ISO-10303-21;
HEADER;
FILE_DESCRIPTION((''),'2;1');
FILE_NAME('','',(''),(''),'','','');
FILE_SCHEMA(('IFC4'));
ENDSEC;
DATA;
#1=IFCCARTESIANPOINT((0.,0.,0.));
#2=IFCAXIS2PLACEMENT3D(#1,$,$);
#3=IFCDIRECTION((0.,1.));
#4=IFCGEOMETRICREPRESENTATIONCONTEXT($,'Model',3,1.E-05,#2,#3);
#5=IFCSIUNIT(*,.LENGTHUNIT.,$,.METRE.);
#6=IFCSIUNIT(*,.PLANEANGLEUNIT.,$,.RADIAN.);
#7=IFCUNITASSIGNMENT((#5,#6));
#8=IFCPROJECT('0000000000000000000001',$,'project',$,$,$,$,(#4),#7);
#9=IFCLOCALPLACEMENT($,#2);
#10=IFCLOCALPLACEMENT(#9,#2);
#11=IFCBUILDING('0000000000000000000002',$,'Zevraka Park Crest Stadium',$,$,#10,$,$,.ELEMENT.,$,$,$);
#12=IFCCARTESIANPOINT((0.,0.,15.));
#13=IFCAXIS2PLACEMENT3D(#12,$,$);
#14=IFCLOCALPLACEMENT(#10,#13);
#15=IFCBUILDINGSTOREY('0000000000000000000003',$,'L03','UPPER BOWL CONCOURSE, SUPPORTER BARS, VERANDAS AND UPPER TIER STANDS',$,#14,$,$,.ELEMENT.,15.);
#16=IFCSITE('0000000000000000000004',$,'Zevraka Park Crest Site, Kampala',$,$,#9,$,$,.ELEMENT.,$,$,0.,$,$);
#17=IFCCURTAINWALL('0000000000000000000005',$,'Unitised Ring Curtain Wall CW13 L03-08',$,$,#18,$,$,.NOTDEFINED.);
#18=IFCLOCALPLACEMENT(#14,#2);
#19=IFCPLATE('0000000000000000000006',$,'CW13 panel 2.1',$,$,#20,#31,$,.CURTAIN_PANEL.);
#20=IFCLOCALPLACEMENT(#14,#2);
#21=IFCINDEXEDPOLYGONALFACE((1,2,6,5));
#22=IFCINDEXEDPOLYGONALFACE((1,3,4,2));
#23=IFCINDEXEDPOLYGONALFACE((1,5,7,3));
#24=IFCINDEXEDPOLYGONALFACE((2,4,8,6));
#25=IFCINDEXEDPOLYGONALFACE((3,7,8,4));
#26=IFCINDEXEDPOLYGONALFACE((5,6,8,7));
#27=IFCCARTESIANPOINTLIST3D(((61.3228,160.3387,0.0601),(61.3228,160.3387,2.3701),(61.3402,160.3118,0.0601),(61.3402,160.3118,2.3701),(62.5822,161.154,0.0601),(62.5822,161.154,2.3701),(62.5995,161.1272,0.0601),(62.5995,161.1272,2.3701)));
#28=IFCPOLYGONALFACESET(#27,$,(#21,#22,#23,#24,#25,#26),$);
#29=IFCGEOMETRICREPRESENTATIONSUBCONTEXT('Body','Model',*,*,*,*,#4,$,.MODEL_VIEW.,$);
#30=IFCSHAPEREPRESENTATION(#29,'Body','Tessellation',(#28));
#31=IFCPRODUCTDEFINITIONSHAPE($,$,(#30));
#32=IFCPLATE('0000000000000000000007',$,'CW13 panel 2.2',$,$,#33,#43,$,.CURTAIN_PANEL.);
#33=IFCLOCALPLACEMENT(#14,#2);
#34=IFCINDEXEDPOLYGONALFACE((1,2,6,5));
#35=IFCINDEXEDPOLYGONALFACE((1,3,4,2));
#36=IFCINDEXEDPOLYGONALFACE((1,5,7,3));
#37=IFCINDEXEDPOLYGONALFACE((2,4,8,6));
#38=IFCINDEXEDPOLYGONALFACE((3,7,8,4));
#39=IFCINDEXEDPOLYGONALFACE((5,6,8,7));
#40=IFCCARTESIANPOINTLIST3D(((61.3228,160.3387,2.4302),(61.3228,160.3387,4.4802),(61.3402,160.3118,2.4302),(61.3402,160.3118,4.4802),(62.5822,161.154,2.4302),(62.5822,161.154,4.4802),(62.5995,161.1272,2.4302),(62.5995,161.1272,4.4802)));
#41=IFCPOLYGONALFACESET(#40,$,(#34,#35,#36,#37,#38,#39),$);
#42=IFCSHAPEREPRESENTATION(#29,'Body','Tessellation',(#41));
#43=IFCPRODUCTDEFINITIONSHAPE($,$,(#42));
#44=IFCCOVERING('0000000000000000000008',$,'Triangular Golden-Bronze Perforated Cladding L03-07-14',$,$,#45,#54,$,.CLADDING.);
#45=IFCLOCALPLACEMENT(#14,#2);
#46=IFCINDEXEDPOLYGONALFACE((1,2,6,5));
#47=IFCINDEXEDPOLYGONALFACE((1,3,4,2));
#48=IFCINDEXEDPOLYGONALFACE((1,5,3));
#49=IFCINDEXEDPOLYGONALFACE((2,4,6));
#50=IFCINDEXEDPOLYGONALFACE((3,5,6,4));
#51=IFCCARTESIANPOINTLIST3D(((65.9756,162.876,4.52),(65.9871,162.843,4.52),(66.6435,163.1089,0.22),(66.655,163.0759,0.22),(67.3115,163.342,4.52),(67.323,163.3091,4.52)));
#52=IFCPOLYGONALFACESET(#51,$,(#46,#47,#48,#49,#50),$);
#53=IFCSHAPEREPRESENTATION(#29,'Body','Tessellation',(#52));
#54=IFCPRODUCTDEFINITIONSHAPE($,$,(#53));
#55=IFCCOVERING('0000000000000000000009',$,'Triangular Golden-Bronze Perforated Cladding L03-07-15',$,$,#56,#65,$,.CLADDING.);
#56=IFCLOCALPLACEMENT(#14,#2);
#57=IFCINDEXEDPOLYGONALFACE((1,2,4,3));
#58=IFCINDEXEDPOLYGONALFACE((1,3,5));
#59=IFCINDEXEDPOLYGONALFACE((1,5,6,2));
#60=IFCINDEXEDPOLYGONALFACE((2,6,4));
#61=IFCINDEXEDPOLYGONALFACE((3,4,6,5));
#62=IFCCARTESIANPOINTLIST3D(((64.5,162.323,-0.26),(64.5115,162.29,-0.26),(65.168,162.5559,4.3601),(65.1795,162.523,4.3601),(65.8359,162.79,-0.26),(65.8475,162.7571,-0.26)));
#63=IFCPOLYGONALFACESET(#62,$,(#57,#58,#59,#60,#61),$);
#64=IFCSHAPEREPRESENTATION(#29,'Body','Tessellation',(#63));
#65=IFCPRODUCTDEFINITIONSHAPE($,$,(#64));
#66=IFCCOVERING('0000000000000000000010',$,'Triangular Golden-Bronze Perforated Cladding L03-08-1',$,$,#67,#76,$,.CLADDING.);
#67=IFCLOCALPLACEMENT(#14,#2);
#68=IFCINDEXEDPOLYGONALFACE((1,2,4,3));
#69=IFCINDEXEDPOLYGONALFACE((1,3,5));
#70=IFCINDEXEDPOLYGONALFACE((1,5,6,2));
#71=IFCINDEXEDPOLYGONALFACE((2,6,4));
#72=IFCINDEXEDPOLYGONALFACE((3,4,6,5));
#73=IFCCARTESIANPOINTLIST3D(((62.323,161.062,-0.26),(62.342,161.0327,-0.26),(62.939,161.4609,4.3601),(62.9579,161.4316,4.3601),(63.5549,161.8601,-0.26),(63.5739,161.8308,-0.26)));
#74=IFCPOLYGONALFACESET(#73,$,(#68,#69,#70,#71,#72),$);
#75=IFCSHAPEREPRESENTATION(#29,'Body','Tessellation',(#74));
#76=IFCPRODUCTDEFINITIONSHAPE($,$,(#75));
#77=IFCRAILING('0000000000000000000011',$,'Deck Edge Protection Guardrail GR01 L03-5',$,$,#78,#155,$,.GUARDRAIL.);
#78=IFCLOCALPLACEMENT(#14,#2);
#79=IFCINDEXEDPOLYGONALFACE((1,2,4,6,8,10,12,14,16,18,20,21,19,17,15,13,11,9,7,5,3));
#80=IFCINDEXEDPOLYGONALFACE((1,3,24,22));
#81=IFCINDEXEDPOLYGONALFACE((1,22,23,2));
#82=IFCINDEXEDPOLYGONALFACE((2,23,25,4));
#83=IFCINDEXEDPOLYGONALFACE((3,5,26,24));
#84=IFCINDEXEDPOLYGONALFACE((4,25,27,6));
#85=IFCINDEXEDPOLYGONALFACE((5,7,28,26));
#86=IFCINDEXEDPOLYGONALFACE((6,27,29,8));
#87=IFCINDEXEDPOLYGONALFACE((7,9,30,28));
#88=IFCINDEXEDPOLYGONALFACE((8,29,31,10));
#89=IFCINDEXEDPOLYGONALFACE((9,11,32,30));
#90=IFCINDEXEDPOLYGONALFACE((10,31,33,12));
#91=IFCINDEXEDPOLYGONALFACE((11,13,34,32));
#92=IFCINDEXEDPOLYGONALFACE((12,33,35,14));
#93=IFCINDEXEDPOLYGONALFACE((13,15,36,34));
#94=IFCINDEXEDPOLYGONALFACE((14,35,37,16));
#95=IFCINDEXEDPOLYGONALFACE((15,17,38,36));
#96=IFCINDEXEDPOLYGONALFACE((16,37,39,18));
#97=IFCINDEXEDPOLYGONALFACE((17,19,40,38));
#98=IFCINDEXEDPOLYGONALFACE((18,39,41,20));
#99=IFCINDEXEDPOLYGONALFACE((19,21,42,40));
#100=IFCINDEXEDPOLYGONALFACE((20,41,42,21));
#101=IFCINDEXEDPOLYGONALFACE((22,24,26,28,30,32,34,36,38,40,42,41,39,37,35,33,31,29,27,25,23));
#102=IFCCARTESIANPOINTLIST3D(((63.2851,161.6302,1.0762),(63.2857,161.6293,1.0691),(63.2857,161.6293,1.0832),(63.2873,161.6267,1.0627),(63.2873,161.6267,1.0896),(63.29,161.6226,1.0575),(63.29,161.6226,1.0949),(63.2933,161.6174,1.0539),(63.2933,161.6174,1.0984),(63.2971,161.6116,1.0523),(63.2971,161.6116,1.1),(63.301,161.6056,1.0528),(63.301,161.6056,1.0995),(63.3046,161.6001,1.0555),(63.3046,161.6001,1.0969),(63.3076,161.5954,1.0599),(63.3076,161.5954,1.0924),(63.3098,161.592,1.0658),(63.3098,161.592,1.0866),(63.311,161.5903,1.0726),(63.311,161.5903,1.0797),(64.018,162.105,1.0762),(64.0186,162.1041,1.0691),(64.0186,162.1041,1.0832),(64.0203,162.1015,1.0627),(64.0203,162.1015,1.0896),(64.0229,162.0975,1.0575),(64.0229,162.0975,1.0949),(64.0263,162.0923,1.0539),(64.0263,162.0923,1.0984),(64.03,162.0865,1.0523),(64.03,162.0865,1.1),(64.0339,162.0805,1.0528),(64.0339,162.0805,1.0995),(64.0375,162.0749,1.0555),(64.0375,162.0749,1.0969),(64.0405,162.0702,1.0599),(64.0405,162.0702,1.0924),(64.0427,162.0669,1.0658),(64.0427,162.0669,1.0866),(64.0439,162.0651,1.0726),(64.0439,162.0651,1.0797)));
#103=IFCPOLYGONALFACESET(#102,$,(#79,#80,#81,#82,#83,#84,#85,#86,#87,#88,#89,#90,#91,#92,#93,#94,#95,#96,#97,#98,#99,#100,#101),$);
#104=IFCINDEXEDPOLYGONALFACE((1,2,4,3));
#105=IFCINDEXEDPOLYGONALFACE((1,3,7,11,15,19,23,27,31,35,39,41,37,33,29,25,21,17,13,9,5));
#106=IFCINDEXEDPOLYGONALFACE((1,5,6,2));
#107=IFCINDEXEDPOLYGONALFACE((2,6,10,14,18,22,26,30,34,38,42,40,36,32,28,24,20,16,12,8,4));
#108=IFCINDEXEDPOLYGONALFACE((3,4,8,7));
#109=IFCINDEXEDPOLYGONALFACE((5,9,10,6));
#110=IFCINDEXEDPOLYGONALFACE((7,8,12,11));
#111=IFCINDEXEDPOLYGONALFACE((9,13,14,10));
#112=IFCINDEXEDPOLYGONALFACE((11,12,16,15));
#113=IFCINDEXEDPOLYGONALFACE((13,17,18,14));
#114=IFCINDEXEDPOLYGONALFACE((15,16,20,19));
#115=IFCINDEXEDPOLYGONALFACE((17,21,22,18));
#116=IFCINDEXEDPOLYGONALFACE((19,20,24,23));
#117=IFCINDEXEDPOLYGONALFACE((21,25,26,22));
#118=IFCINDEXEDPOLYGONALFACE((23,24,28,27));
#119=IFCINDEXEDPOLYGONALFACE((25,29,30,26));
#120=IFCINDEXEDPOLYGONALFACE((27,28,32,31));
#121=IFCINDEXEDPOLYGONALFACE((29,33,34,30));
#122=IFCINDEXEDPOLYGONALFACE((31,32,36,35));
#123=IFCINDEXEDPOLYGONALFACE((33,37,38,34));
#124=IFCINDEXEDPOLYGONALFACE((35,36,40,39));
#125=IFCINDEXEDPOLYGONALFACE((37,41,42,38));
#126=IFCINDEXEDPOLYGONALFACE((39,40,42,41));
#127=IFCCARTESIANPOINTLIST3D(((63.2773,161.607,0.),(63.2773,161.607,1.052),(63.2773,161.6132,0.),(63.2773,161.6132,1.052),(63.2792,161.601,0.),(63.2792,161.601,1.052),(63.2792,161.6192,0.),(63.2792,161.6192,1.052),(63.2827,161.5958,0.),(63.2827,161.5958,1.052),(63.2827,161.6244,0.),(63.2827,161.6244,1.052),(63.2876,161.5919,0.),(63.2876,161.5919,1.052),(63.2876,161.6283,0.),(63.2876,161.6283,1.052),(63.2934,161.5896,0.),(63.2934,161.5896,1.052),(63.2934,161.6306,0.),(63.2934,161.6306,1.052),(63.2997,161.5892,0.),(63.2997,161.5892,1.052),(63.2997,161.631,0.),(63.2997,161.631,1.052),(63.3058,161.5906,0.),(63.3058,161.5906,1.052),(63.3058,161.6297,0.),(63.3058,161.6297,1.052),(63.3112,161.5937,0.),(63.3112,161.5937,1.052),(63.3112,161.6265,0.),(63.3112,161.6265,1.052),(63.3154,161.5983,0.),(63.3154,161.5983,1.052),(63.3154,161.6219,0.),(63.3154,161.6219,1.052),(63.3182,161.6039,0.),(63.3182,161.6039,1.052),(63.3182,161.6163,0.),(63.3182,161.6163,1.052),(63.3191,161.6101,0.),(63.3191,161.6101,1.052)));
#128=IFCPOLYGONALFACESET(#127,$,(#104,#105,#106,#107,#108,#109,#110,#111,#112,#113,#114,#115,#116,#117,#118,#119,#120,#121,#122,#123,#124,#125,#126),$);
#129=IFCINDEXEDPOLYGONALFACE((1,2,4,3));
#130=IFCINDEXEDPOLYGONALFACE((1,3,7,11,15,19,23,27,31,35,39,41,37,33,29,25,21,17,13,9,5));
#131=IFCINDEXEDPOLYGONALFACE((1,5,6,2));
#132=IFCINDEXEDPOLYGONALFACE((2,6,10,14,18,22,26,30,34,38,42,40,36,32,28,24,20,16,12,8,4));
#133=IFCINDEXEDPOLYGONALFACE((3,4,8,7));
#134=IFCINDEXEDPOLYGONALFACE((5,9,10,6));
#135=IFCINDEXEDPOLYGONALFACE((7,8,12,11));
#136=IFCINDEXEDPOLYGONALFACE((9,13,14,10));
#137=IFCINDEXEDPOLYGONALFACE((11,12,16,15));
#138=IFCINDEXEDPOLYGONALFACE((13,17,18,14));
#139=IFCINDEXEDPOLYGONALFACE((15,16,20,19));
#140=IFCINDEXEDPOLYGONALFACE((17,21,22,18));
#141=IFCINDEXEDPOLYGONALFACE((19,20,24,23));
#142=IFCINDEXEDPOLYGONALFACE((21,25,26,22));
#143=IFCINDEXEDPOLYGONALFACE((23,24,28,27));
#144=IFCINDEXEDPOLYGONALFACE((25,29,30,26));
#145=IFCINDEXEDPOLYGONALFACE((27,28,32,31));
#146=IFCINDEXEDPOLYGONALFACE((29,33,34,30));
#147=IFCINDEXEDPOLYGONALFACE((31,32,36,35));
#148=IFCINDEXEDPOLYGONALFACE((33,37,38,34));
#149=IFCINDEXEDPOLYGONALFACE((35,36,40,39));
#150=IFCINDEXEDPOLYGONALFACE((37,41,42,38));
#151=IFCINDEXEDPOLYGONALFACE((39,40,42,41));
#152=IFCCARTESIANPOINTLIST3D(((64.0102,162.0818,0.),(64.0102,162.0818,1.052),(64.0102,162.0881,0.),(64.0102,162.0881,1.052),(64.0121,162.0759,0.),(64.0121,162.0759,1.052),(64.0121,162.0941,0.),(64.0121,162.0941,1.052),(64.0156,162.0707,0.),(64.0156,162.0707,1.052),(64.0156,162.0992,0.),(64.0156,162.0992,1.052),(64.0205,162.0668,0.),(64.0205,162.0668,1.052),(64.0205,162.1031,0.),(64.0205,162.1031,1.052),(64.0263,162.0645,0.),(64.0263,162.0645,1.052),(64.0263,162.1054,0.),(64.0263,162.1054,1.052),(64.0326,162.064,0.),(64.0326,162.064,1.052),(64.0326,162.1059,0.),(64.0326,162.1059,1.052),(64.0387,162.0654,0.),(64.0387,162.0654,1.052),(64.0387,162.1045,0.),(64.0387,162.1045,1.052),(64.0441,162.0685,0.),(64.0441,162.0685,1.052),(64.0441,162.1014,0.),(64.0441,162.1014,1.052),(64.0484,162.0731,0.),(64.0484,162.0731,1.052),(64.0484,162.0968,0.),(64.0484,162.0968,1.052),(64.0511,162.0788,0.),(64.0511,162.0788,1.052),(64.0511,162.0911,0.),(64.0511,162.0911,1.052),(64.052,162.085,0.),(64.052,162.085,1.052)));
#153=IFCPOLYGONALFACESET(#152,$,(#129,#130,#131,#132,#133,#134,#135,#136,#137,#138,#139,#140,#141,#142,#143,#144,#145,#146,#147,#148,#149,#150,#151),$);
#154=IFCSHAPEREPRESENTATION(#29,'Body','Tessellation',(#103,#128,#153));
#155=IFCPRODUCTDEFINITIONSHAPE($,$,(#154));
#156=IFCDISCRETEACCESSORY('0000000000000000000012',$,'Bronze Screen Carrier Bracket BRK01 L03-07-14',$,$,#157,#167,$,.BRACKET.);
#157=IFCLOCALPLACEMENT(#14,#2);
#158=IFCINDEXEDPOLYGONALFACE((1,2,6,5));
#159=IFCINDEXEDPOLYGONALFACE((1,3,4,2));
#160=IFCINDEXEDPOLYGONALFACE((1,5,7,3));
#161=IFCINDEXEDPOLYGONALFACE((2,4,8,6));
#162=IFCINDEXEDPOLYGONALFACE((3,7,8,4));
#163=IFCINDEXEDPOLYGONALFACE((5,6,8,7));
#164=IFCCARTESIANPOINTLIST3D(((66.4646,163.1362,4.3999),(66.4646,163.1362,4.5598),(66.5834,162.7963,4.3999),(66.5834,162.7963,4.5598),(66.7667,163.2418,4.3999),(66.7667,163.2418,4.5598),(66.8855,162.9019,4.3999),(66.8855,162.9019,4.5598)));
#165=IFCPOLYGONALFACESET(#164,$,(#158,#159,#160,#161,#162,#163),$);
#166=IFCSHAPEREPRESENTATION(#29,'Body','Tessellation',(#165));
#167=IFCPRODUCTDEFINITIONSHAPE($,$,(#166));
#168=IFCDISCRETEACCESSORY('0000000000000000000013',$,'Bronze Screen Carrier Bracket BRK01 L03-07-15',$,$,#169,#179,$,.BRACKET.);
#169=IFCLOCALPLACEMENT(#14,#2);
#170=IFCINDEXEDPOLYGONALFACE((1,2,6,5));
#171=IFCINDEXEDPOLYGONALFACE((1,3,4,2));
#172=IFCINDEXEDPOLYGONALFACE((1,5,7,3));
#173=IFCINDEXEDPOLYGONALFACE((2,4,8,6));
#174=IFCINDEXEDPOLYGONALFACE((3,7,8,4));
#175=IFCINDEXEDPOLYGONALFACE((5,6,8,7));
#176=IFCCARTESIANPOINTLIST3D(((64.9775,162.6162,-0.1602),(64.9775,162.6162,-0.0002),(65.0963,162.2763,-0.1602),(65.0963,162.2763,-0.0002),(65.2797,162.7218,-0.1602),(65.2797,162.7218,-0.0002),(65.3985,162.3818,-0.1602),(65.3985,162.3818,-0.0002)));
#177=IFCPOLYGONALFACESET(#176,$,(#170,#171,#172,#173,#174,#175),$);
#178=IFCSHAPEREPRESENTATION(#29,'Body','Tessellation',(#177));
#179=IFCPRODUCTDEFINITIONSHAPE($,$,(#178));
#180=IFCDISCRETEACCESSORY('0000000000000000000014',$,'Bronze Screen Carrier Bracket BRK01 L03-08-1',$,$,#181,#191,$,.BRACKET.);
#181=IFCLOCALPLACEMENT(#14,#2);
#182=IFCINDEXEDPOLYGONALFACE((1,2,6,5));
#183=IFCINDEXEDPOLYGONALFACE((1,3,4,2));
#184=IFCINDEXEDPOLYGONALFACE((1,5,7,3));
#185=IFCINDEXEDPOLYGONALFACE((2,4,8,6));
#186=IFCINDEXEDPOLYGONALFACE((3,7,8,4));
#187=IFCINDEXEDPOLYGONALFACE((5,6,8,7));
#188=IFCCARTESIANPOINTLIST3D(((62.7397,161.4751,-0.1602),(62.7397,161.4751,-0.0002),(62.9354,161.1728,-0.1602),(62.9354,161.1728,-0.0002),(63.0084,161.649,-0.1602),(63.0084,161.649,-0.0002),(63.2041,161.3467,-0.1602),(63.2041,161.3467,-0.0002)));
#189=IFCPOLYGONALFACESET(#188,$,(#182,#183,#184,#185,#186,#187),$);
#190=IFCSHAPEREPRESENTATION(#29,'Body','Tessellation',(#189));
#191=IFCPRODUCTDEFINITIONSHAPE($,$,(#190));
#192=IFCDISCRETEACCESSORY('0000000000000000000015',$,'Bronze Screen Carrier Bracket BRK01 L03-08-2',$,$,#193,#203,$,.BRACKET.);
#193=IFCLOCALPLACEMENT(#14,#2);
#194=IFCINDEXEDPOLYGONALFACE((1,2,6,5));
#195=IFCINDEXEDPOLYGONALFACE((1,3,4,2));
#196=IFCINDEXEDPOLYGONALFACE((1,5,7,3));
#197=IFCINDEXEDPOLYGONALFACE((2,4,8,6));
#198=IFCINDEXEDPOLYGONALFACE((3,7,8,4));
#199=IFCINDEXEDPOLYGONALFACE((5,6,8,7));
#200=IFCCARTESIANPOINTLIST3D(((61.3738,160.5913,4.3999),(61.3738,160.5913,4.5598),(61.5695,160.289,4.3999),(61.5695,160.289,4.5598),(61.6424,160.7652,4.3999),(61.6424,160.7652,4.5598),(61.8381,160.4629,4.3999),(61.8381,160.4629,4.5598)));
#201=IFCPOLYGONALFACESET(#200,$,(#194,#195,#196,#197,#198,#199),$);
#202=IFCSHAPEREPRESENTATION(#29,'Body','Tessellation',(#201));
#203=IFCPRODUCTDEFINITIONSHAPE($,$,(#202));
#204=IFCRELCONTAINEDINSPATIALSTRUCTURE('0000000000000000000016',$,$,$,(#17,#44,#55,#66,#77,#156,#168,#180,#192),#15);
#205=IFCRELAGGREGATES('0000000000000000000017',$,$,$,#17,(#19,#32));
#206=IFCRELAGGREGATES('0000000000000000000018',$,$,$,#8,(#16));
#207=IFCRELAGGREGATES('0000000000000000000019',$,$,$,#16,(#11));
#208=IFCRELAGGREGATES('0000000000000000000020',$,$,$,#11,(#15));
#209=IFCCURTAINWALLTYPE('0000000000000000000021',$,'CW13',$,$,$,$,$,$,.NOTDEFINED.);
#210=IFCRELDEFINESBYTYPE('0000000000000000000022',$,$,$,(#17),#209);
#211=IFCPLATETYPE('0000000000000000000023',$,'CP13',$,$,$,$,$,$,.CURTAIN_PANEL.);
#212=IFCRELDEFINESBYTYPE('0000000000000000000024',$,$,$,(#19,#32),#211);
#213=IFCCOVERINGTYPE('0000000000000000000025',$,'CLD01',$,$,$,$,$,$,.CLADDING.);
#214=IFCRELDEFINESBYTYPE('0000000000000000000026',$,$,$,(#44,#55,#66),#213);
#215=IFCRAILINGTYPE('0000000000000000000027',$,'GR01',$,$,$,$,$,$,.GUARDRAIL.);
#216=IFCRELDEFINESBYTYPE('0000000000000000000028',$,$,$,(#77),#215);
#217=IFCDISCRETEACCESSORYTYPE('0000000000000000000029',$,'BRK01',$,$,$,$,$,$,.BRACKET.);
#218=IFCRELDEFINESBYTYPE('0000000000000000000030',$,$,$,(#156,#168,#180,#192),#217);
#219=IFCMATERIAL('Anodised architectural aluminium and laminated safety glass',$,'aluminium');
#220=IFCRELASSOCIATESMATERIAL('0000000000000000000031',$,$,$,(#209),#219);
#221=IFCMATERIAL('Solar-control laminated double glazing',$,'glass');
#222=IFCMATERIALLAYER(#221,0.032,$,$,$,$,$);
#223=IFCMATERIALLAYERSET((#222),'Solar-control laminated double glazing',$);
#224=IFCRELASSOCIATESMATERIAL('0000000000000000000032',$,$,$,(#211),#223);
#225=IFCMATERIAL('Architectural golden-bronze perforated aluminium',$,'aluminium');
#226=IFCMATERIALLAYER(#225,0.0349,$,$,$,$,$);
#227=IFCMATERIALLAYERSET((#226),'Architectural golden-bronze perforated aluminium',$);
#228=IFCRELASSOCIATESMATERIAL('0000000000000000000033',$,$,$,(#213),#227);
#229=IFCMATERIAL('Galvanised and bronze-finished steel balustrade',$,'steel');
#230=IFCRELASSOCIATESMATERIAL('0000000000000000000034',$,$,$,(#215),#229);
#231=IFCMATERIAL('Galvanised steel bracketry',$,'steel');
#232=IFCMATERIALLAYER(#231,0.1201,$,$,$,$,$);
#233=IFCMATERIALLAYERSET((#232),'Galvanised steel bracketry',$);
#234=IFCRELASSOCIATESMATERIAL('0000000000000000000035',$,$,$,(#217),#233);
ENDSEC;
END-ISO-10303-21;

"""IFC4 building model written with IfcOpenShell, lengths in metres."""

from ifc_helpers import new_model, si_unit, direction, frame, origin, origin_2d, place, context, subcontext, project, spatial, polyline, rectangle, circle, outline, extrude, material, layer, layer_set, type_object, element, aggregate, save


model = new_model("IFC4")

# Units and contexts
model_context = context("Model", 3, precision=1e-05, world=origin(), true_north=direction((0.0, 1.0)))
body_context = subcontext(model_context, "Body", "Model", "MODEL_VIEW")
ifc_project = project(units=[si_unit("LENGTHUNIT", "METRE"), si_unit("PLANEANGLEUNIT", "RADIAN")], contexts=[model_context])

# Site, building, storey
site_placement = place(None, origin())
site = spatial("IfcSite", under=ifc_project, at=site_placement, Name="Zevraka Park Crest Site, Kampala", CompositionType="ELEMENT", RefElevation=0.0)
building_placement = place(site_placement, origin())
building = spatial("IfcBuilding", under=site, at=building_placement, Name="Zevraka Park Crest Stadium", CompositionType="ELEMENT")
storey_placement = place(building_placement, frame((0.0, 0.0, 15.0)))
storey = spatial("IfcBuildingStorey", under=building, at=storey_placement, Name="L03", Description="UPPER BOWL CONCOURSE, SUPPORTER BARS, VERANDAS AND UPPER TIER STANDS", CompositionType="ELEMENT", Elevation=15.0)

# Curtain wall
ifc_material_1 = material(Name="Anodised architectural aluminium and laminated safety glass", Category="aluminium")
curtain_wall_type_1 = type_object("IfcCurtainWallType", Name="CW13", PredefinedType="NOTDEFINED", material=ifc_material_1)
curtain_wall_1_placement = place(storey_placement, origin())
curtain_wall_1 = element("IfcCurtainWall", 1, at=curtain_wall_1_placement, inside=storey, type_object=curtain_wall_type_1, Name="Unitised Ring Curtain Wall CW13 L03-08", PredefinedType="NOTDEFINED")

# Plates
ifc_material_2 = material(Name="Solar-control laminated double glazing", Category="glass")
ifc_layer_1 = layer(ifc_material_2, 0.032)
ifc_layer_set_1 = layer_set([ifc_layer_1], Name="Solar-control laminated double glazing")
plate_type_1 = type_object("IfcPlateType", Name="CP13", PredefinedType="CURTAIN_PANEL", material=ifc_layer_set_1)
plate_1_placement = place(storey_placement, frame((61.9612, 160.7329, 0.0601), z_axis=(0.0, 0.0, 1.0), x_axis=(-0.839429, -0.543469, 0.0)))
plate_1 = element("IfcPlate", 2, at=plate_1_placement, type_object=plate_type_1, Name="CW13 panel 2.1", PredefinedType="CURTAIN_PANEL", context=body_context, shape_type="SweptSolid", body=[
    extrude(rectangle(XDim=1.5002, YDim=0.032, at=origin_2d()), origin(), (0.0, 0.0, 1.0), 2.3101),
])
plate_2_placement = place(storey_placement, frame((61.9612, 160.7329, 2.4302), z_axis=(0.0, 0.0, 1.0), x_axis=(-0.839429, -0.543469, 0.0)))
plate_2 = element("IfcPlate", 3, at=plate_2_placement, type_object=plate_type_1, Name="CW13 panel 2.2", PredefinedType="CURTAIN_PANEL", context=body_context, shape_type="SweptSolid", body=[
    extrude(rectangle(XDim=1.5002, YDim=0.032, at=origin_2d()), origin(), (0.0, 0.0, 1.0), 2.05),
])
aggregate(curtain_wall_1, [plate_1, plate_2])

# Coverings
ifc_material_3 = material(Name="Architectural golden-bronze perforated aluminium", Category="aluminium")
ifc_layer_2 = layer(ifc_material_3, 0.0349)
ifc_layer_set_2 = layer_set([ifc_layer_2], Name="Architectural golden-bronze perforated aluminium")
covering_type = type_object("IfcCoveringType", Name="CLD01", PredefinedType="CLADDING", material=ifc_layer_set_2)
covering_1_placement = place(storey_placement, frame((65.9871, 162.843, 4.52), z_axis=(0.329397, -0.944191, 0.000027), x_axis=(0.944191, 0.329397, 0.0)))
element("IfcCovering", 4, at=covering_1_placement, inside=storey, type_object=covering_type, Name="Triangular Golden-Bronze Perforated Cladding L03-07-14", PredefinedType="CLADDING", context=body_context, shape_type="SweptSolid", body=[
    extrude(outline(polyline([(0.0, 0.0), (1.4149, 0.0), (0.7074, -4.3), (0.0, 0.0)])), origin(), (0.0, 0.0, -1.0), 0.0349),
])
covering_2_placement = place(storey_placement, frame((65.8359, 162.79, -0.26), z_axis=(-0.330012, 0.943977, 0.000125), x_axis=(-0.943977, -0.330012, 0.0)))
element("IfcCovering", 5, at=covering_2_placement, inside=storey, type_object=covering_type, Name="Triangular Golden-Bronze Perforated Cladding L03-07-15", PredefinedType="CLADDING", context=body_context, shape_type="SweptSolid", body=[
    extrude(outline(polyline([(0.0, 0.0), (1.4152, 0.0), (0.7078, 4.6201), (0.0, 0.0)])), origin(), (0.0, 0.0, -1.0), 0.0349),
])
covering_3_placement = place(storey_placement, frame((63.5549, 161.8601, -0.26), z_axis=(-0.543713, 0.839271, 0.000022), x_axis=(-0.839271, -0.543713, 0.0)))
element("IfcCovering", 6, at=covering_3_placement, inside=storey, type_object=covering_type, Name="Triangular Golden-Bronze Perforated Cladding L03-08-1", PredefinedType="CLADDING", context=body_context, shape_type="SweptSolid", body=[
    extrude(outline(polyline([(0.0, 0.0), (1.4679, 0.0), (0.734, 4.6201), (0.0, 0.0)])), origin(), (0.0, 0.0, -1.0), 0.0349),
])

# Railing
ifc_material_4 = material(Name="Galvanised and bronze-finished steel balustrade", Category="steel")
railing_type = type_object("IfcRailingType", Name="GR01", PredefinedType="GUARDRAIL", material=ifc_material_4)
railing_1_placement = place(storey_placement, frame((63.2981, 161.6101, 0.0)))
element("IfcRailing", 7, at=railing_1_placement, inside=storey, type_object=railing_type, Name="Deck Edge Protection Guardrail GR01 L03-5", PredefinedType="GUARDRAIL", context=body_context, shape_type="SweptSolid", body=[
    extrude(circle(Radius=0.0239, at=origin_2d()), frame((0.0, 0.0, 1.0762), z_axis=(0.839247, 0.54375, 0.0), x_axis=(-0.54375, 0.839247, 0.0)), (0.0, 0.0, 1.0), 0.8733),
    extrude(circle(Radius=0.021, at=origin_2d()), origin(), (0.0, 0.0, 1.0), 1.052),
    extrude(circle(Radius=0.021, at=origin_2d()), frame((0.7329, 0.4749, 0.0)), (0.0, 0.0, 1.0), 1.052),
])

# Discrete accessories
ifc_material_5 = material(Name="Galvanised steel bracketry", Category="steel")
ifc_layer_3 = layer(ifc_material_5, 0.1201)
ifc_layer_set_3 = layer_set([ifc_layer_3], Name="Galvanised steel bracketry")
discrete_accessory_type = type_object("IfcDiscreteAccessoryType", Name="BRK01", PredefinedType="BRACKET", material=ifc_layer_set_3)
for number, where, z_axis, x_axis, name in (
    (8, (66.675, 163.019, 4.3999), (0.0, 0.0, 1.0), (-0.944031, -0.329855, 0.0), "Bronze Screen Carrier Bracket BRK01 L03-07-14"),
    (9, (65.188, 162.499, -0.1602), (0.0, 0.0, 1.0), (-0.944031, -0.329855, 0.0), "Bronze Screen Carrier Bracket BRK01 L03-07-15"),
    (10, (62.9719, 161.4109, -0.1602), (0.0, 0.0, 1.0), (-0.83943, -0.543467, 0.0), "Bronze Screen Carrier Bracket BRK01 L03-08-1"),
    (11, (61.606, 160.5271, 4.3999), (0.0, 0.0, 1.0), (-0.83943, -0.543467, 0.0), "Bronze Screen Carrier Bracket BRK01 L03-08-2"),
):
    element("IfcDiscreteAccessory", number, at=place(storey_placement, frame(where, z_axis=z_axis, x_axis=x_axis)), inside=storey, type_object=discrete_accessory_type, Name=name, PredefinedType="BRACKET", context=body_context, shape_type="SweptSolid", body=[
        extrude(rectangle(XDim=0.3201, YDim=0.3601, at=origin_2d()), origin(), (0.0, 0.0, 1.0), 0.1599),
    ])

save(model, "model.ifc")
